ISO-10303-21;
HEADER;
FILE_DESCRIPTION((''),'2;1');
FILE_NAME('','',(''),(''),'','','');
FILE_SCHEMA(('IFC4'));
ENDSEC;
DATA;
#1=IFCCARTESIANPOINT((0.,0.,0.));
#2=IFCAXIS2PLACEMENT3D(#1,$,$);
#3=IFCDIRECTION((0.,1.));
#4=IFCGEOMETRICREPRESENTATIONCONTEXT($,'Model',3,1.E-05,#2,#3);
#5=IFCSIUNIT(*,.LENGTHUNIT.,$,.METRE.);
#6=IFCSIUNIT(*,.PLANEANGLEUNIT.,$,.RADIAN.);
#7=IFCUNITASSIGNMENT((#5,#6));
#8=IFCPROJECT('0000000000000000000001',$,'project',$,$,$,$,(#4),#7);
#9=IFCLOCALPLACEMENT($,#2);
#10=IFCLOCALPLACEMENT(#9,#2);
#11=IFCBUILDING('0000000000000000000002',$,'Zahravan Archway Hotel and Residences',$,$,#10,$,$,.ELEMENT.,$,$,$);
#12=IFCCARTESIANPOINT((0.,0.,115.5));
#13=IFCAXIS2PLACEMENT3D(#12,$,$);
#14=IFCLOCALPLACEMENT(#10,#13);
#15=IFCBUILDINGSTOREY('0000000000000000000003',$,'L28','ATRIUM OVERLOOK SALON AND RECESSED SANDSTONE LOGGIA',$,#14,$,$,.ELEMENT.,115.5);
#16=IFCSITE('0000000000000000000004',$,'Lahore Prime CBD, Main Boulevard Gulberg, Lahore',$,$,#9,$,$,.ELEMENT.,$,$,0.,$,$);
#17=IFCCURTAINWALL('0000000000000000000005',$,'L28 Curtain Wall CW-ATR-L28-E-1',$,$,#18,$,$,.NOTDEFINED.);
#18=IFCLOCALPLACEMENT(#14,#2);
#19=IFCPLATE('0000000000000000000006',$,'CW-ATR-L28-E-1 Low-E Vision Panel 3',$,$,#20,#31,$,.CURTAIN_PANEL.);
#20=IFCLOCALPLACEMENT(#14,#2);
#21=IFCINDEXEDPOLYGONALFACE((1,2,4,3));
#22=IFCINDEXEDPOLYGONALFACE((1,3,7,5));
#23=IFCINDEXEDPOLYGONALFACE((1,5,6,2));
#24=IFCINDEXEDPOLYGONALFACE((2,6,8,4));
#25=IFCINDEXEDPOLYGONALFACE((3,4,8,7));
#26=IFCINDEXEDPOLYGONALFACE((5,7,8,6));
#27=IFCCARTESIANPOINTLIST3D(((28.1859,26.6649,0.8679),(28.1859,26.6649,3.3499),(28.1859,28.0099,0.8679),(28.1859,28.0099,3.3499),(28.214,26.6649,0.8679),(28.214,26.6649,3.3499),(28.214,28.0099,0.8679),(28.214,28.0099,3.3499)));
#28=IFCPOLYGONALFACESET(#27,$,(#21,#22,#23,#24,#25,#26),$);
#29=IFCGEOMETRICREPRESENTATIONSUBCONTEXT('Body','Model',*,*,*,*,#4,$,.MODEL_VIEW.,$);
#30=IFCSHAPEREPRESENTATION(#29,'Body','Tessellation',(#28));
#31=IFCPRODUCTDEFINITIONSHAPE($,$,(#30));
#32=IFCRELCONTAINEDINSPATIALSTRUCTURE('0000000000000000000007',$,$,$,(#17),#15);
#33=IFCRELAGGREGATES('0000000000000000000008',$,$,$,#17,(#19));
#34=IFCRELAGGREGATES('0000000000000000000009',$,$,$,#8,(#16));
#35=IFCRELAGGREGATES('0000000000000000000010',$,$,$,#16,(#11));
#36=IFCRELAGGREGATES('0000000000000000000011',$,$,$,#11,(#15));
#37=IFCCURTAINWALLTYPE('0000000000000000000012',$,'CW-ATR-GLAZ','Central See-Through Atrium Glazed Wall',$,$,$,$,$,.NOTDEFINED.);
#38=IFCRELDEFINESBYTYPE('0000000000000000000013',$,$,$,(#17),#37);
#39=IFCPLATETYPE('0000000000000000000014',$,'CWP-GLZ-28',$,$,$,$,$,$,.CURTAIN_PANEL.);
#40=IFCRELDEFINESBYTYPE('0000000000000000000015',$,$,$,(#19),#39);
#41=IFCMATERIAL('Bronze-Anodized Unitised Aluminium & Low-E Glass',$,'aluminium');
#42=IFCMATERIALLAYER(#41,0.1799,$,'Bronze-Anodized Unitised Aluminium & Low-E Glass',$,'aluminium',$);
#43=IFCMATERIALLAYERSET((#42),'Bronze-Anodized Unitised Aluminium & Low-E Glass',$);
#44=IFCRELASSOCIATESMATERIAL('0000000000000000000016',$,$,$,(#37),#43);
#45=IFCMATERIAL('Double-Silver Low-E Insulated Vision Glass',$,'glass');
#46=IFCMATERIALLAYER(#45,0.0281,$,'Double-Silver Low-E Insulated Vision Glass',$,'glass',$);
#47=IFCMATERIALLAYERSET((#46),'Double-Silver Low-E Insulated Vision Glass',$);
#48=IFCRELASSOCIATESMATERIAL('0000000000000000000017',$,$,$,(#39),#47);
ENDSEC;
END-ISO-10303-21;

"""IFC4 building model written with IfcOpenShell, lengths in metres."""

from ifc_helpers import new_model, si_unit, direction, frame, origin, origin_2d, place, context, subcontext, project, spatial, rectangle, extrude, source, transform, mapped, material, layer, layer_set, type_object, element, aggregate, save


model = new_model("IFC4")

# Units and contexts
model_context = context("Model", 3, precision=1e-05, world=origin(), true_north=direction((0.0, 1.0)))
body_context = subcontext(model_context, "Body", "Model", "MODEL_VIEW")
ifc_project = project(units=[si_unit("LENGTHUNIT", "METRE"), si_unit("PLANEANGLEUNIT", "RADIAN")], contexts=[model_context])

# Site, building, storey
site_placement = place(None, origin())
site = spatial("IfcSite", under=ifc_project, at=site_placement, Name="Lahore Prime CBD, Main Boulevard Gulberg, Lahore", CompositionType="ELEMENT", RefElevation=0.0)
building_placement = place(site_placement, origin())
building = spatial("IfcBuilding", under=site, at=building_placement, Name="Zahravan Archway Hotel and Residences", CompositionType="ELEMENT")
storey_placement = place(building_placement, frame((0.0, 0.0, 115.5)))
storey = spatial("IfcBuildingStorey", under=building, at=storey_placement, Name="L28", Description="ATRIUM OVERLOOK SALON AND RECESSED SANDSTONE LOGGIA", CompositionType="ELEMENT", Elevation=115.5)

# Shared definitions
ifc_material_1 = material(Name="Bronze-Anodized Unitised Aluminium & Low-E Glass", Category="aluminium")
ifc_layer_1 = layer(ifc_material_1, 0.1799, Name="Bronze-Anodized Unitised Aluminium & Low-E Glass", Category="aluminium")
ifc_layer_set_1 = layer_set([ifc_layer_1], Name="Bronze-Anodized Unitised Aluminium & Low-E Glass")
curtain_wall_type = type_object("IfcCurtainWallType", Name="CW-ATR-GLAZ", Description="Central See-Through Atrium Glazed Wall", PredefinedType="NOTDEFINED", material=ifc_layer_set_1)

# Curtain wall
curtain_wall_1_placement = place(storey_placement, origin())
curtain_wall_1 = element("IfcCurtainWall", 1, at=curtain_wall_1_placement, inside=storey, type_object=curtain_wall_type, Name="L28 Curtain Wall CW-ATR-L28-E-1", PredefinedType="NOTDEFINED")

# Plate
ifc_material_2 = material(Name="Double-Silver Low-E Insulated Vision Glass", Category="glass")
ifc_layer_2 = layer(ifc_material_2, 0.0281, Name="Double-Silver Low-E Insulated Vision Glass", Category="glass")
ifc_layer_set_2 = layer_set([ifc_layer_2], Name="Double-Silver Low-E Insulated Vision Glass")
plate_type_1 = type_object("IfcPlateType", Name="CWP-GLZ-28", PredefinedType="CURTAIN_PANEL", material=ifc_layer_set_2)
shared_shape_1 = source(origin(), body_context, "Body", "SweptSolid", [
    extrude(rectangle(XDim=1.345, YDim=0.0281, at=origin_2d()), origin(), (0.0, 0.0, 1.0), 2.4819),
])
plate_1_placement = place(storey_placement, frame((28.2, 27.3374, 0.8679), z_axis=(0.0, 0.0, 1.0), x_axis=(0.0, 1.0, 0.0)))
plate_1 = element("IfcPlate", 2, at=plate_1_placement, type_object=plate_type_1, Name="CW-ATR-L28-E-1 Low-E Vision Panel 3", PredefinedType="CURTAIN_PANEL", context=body_context, shape_type="MappedRepresentation", body=[
    mapped(shared_shape_1, transform((0.0, 0.0, 0.0), scale=1.0)),
])
aggregate(curtain_wall_1, [plate_1])

save(model, "model.ifc")
